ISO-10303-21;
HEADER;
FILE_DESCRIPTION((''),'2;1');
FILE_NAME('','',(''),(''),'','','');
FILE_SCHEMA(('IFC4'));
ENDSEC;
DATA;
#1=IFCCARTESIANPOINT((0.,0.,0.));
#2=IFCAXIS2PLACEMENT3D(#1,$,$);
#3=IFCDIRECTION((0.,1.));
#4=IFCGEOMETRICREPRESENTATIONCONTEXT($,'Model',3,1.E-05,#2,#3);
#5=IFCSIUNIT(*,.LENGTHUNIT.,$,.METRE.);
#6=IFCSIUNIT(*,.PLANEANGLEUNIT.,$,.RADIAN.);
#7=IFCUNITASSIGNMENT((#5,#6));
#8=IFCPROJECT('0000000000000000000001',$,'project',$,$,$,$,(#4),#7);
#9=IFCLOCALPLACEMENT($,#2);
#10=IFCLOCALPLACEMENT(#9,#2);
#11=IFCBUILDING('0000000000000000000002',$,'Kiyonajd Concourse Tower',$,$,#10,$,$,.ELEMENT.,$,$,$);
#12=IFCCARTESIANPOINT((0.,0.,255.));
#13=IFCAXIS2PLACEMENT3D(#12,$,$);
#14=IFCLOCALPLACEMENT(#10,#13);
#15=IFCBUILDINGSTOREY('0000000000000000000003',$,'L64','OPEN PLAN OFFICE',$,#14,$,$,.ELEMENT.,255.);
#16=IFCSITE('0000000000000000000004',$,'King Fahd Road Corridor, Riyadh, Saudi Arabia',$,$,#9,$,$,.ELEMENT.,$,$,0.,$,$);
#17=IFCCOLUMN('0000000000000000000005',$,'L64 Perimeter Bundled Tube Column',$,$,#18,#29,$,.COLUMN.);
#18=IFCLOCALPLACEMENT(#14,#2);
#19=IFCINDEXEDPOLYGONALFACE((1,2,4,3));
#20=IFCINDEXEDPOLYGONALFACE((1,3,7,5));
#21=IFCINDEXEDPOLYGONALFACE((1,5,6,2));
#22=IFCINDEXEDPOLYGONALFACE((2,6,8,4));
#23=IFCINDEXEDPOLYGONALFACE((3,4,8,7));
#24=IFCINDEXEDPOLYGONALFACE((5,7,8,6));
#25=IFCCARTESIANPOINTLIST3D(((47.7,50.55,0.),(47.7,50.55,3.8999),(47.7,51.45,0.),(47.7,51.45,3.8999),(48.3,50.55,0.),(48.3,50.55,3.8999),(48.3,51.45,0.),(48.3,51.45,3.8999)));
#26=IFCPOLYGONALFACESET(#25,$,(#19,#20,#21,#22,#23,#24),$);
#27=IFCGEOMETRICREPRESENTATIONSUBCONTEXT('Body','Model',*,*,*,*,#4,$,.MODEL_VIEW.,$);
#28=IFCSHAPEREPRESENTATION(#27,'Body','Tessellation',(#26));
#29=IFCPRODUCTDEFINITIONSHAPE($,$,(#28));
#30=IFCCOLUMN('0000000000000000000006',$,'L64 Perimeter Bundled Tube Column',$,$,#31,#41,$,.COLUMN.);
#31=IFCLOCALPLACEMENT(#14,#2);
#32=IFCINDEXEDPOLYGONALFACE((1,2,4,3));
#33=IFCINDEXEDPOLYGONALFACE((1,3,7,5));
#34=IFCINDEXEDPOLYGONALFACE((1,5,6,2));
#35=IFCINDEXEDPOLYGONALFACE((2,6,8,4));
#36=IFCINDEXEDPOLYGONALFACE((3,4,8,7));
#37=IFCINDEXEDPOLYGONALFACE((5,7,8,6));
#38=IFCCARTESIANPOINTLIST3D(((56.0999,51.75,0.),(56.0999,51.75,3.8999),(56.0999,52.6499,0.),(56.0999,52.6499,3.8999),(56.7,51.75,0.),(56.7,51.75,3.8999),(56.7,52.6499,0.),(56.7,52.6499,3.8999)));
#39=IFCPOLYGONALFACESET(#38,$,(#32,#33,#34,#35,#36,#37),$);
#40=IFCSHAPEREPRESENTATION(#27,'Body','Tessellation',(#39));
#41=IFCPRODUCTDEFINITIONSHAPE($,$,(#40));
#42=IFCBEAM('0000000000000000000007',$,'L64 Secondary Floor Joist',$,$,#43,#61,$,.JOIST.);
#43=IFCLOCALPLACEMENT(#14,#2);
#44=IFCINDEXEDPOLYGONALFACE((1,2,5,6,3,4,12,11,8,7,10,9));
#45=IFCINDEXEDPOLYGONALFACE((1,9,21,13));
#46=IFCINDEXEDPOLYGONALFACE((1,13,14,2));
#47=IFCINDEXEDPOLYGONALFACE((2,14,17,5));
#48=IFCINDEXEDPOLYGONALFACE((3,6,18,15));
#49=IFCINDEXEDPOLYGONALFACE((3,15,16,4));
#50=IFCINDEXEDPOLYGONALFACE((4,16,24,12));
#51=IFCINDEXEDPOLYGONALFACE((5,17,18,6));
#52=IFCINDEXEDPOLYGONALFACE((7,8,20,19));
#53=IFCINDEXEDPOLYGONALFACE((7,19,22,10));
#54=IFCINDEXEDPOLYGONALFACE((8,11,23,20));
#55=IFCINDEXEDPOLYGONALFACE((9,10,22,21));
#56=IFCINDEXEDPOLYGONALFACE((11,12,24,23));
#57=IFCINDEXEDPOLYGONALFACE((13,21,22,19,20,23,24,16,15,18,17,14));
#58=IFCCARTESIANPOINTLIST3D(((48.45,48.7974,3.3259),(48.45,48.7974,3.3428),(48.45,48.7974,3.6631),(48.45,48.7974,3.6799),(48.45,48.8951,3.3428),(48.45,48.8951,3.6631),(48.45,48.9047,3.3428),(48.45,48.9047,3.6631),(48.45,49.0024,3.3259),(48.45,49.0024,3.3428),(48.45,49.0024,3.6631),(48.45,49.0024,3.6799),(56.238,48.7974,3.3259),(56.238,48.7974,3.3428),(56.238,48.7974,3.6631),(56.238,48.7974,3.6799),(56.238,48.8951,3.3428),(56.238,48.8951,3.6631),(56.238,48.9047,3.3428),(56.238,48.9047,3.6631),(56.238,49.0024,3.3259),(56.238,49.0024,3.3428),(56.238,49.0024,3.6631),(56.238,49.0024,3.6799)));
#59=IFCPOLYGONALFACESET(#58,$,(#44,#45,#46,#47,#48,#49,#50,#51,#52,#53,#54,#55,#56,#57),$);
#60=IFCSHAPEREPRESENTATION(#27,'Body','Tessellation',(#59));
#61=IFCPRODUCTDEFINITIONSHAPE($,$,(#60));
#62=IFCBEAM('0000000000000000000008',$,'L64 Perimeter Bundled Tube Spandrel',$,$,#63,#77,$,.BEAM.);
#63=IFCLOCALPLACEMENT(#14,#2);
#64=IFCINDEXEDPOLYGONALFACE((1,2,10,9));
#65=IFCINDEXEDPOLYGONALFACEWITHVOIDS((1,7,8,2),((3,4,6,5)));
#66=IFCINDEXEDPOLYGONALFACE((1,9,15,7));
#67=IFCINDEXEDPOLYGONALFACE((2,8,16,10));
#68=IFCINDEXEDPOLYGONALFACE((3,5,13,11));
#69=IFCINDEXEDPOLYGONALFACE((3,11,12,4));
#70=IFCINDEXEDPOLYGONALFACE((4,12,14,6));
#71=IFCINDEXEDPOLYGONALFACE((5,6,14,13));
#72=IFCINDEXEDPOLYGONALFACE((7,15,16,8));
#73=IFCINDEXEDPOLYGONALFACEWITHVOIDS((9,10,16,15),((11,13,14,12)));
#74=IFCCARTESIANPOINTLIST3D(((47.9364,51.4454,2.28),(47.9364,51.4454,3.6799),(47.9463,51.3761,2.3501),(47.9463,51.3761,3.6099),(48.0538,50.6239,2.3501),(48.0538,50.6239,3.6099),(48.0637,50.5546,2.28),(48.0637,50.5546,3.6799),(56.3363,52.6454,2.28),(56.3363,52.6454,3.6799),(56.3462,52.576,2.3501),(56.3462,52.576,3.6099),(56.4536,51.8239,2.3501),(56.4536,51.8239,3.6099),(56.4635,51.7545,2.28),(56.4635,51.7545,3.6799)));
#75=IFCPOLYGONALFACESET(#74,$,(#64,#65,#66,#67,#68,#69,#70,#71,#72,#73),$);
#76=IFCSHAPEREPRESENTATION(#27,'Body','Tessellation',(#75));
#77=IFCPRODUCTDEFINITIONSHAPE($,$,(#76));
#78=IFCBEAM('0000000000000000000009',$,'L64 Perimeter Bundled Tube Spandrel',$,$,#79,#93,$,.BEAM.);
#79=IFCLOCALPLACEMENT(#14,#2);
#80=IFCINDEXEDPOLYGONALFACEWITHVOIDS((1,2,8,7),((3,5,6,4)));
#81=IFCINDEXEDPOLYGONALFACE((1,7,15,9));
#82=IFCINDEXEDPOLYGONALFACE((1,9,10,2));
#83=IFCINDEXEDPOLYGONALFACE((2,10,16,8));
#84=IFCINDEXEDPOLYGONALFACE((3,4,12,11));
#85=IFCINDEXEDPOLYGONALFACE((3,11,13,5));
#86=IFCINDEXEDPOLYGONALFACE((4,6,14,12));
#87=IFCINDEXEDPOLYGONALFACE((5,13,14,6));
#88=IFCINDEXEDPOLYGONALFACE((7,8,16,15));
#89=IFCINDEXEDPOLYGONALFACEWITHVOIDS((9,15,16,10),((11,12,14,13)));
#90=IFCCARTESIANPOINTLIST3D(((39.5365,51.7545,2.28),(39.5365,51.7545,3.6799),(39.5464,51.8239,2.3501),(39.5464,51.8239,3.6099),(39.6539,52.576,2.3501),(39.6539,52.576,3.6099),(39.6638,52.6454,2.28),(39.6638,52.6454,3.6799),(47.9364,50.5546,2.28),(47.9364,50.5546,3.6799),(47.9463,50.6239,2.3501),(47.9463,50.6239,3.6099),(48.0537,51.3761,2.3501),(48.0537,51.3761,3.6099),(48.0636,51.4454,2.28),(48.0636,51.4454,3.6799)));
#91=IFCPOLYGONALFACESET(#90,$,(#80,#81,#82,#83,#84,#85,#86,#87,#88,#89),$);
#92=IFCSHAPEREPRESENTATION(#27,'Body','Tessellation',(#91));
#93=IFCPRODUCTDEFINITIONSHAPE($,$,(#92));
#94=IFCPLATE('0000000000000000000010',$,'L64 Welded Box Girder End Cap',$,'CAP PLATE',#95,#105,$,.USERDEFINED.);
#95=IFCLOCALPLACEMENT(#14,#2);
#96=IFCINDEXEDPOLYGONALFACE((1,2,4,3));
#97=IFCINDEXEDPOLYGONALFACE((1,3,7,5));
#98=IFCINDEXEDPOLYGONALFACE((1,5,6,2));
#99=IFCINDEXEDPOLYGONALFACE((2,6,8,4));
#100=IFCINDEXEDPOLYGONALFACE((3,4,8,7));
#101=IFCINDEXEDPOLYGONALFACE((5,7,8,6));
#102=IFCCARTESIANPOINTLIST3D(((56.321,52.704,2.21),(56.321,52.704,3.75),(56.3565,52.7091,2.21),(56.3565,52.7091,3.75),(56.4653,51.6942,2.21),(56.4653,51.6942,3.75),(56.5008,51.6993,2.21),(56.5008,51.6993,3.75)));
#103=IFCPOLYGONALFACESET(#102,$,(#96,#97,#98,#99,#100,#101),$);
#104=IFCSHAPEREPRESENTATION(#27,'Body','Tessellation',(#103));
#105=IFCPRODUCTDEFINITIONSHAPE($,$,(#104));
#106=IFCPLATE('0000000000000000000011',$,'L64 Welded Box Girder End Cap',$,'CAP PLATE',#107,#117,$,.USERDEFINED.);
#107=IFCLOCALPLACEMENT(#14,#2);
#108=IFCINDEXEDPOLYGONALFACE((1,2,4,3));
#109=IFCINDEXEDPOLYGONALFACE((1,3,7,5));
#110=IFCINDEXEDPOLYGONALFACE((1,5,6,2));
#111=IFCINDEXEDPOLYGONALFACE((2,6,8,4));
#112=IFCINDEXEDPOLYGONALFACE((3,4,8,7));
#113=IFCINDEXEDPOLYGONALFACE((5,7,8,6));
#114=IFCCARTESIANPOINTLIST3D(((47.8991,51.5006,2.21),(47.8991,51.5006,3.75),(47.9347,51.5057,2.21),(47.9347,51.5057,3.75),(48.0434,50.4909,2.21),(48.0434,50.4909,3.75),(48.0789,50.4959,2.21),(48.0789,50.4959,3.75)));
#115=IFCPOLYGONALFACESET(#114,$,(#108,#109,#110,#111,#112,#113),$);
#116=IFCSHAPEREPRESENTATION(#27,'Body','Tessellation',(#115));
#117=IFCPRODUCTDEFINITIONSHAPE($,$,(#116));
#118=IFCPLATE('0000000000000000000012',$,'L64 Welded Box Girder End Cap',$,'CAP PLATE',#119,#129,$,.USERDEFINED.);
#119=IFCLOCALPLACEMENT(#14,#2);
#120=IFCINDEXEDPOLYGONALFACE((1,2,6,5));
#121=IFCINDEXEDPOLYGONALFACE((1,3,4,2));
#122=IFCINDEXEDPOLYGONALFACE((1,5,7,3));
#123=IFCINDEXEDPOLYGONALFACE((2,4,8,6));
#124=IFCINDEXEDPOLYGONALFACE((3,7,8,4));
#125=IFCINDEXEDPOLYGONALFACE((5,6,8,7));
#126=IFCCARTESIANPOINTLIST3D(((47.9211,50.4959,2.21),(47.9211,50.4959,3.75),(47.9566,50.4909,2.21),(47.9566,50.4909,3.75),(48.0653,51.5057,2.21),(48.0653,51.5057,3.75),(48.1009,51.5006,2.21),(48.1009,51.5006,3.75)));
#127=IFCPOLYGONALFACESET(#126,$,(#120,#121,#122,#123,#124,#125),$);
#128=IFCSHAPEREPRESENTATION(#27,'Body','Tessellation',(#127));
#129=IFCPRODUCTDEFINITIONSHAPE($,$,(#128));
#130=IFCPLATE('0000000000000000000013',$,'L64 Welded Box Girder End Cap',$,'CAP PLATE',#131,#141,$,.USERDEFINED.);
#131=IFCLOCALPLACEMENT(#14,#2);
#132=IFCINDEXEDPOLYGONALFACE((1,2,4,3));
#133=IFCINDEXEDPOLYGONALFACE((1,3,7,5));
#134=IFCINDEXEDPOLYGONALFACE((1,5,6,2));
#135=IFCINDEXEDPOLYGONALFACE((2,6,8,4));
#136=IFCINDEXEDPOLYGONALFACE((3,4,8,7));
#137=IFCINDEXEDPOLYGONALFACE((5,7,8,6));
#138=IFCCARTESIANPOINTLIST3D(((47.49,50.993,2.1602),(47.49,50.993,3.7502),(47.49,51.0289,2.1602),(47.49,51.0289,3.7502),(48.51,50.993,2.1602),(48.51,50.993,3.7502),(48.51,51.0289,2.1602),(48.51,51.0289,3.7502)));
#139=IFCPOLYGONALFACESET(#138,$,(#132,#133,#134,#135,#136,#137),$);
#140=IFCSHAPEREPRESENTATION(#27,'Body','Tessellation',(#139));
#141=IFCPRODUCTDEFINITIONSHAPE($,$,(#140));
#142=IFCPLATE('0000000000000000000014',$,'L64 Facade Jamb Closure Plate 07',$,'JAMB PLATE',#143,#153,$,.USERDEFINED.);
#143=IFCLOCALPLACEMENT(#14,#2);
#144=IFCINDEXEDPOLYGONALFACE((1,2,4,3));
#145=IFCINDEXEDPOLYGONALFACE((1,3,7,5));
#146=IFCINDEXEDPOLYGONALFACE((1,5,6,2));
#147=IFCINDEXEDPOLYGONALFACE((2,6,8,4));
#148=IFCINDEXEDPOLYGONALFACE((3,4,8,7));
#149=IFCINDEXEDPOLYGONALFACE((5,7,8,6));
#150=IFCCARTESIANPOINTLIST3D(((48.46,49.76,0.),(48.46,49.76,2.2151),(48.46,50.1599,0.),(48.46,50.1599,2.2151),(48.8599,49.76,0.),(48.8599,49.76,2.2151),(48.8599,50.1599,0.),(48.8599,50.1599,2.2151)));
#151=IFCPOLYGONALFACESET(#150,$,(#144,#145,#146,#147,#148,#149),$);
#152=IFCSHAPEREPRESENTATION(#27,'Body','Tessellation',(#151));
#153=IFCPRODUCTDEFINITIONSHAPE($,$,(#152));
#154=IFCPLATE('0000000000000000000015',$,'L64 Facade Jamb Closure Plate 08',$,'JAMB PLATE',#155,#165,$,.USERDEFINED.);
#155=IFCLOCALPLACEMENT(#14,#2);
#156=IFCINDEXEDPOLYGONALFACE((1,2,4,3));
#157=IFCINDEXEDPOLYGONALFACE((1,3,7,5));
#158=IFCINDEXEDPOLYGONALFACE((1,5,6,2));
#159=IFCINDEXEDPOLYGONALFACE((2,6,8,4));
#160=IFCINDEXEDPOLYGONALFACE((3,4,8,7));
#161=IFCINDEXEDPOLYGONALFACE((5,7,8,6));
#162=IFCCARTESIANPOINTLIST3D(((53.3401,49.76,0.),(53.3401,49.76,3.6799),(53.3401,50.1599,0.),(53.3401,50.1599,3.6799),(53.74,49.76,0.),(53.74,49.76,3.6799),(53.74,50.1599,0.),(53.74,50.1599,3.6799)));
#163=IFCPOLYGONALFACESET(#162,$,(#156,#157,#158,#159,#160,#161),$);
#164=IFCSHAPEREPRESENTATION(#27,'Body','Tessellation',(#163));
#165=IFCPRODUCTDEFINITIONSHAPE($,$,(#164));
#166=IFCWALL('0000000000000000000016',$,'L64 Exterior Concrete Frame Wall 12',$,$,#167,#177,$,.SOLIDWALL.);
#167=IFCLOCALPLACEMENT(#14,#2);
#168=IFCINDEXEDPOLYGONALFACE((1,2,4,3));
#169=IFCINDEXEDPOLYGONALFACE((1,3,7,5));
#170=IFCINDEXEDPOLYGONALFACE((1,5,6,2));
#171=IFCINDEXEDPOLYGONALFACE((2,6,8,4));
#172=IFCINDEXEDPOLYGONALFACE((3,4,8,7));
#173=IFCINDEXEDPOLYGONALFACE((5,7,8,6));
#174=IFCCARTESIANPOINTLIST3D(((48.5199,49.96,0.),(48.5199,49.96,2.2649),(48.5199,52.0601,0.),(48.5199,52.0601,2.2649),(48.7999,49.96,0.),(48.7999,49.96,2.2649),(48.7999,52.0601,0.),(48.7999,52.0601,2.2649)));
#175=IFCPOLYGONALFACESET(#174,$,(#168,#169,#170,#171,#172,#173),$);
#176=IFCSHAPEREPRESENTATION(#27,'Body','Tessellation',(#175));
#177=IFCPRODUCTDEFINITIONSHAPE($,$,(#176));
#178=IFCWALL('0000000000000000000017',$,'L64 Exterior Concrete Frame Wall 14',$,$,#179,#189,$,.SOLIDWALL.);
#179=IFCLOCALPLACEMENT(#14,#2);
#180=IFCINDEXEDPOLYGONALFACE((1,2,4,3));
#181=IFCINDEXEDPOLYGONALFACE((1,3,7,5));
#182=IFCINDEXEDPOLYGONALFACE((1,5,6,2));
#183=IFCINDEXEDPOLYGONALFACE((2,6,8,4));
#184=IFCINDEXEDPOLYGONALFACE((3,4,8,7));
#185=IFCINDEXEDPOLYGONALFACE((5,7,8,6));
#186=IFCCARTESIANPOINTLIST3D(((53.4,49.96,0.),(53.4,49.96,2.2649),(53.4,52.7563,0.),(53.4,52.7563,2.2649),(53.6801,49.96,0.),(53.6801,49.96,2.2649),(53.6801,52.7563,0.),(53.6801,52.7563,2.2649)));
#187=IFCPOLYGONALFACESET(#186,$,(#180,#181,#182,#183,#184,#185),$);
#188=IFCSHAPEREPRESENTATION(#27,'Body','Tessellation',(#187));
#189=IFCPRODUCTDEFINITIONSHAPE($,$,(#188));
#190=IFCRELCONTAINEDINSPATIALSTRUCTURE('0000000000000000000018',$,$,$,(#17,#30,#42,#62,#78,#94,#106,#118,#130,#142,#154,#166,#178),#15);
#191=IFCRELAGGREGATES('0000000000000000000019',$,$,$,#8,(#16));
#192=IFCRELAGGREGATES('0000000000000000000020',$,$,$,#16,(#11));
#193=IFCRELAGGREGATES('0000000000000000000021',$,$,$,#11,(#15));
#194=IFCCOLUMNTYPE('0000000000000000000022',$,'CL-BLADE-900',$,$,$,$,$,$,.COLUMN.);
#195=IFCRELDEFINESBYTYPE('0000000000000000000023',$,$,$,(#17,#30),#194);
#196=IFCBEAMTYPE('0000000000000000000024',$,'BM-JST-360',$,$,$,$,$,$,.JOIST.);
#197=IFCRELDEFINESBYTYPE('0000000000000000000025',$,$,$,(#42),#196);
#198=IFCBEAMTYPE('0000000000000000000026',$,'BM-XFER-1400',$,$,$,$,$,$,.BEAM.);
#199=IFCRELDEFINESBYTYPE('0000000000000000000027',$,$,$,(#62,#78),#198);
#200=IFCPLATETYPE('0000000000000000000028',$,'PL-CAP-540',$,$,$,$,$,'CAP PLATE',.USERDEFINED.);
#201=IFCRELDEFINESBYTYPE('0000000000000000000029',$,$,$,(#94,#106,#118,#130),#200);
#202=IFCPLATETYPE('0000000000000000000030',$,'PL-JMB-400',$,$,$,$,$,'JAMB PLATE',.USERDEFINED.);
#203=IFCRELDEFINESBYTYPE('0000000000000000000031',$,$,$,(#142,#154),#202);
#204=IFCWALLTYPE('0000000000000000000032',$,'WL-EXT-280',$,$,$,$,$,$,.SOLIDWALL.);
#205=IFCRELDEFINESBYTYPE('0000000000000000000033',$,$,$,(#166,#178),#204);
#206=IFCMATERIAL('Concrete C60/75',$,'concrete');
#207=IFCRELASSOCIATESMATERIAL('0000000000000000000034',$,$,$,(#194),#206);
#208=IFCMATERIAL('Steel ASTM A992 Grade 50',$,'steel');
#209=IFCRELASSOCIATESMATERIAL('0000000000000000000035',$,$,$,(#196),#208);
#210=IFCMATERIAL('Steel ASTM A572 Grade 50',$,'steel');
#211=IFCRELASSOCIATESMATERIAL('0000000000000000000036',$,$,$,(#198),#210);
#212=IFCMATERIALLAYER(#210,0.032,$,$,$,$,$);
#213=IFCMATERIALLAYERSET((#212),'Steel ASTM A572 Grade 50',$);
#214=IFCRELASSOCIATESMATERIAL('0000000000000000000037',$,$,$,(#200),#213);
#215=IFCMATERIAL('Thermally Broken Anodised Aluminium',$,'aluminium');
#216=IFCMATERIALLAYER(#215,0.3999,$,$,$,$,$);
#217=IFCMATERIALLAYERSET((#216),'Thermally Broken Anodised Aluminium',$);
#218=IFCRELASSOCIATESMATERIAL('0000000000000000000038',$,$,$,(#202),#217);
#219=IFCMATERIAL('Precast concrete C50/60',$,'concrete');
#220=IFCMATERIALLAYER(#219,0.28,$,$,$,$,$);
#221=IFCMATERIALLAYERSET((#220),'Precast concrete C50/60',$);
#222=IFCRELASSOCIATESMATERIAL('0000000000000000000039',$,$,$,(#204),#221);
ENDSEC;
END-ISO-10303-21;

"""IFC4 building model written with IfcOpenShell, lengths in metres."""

from ifc_helpers import new_model, si_unit, direction, frame, frame_2d, origin, origin_2d, place, context, subcontext, project, spatial, rectangle, hollow_rectangle, i_section, extrude, material, layer, layer_set, material_profile, profile_set, type_object, element, save


model = new_model("IFC4")

# Units and contexts
model_context = context("Model", 3, precision=1e-05, world=origin(), true_north=direction((0.0, 1.0)))
body_context = subcontext(model_context, "Body", "Model", "MODEL_VIEW")
ifc_project = project(units=[si_unit("LENGTHUNIT", "METRE"), si_unit("PLANEANGLEUNIT", "RADIAN")], contexts=[model_context])

# Site, building, storey
site_placement = place(None, origin())
site = spatial("IfcSite", under=ifc_project, at=site_placement, Name="King Fahd Road Corridor, Riyadh, Saudi Arabia", CompositionType="ELEMENT", RefElevation=0.0)
building_placement = place(site_placement, origin())
building = spatial("IfcBuilding", under=site, at=building_placement, Name="Kiyonajd Concourse Tower", CompositionType="ELEMENT")
storey_placement = place(building_placement, frame((0.0, 0.0, 255.0)))
storey = spatial("IfcBuildingStorey", under=building, at=storey_placement, Name="L64", Description="OPEN PLAN OFFICE", CompositionType="ELEMENT", Elevation=255.0)

# Columns
ifc_material_1 = material(Name="Concrete C60/75", Category="concrete")
ifc_material_profile_1 = material_profile(ifc_material_1, rectangle(XDim=0.6001, YDim=0.8999, at=origin_2d()), Name="RC-900x600")
ifc_profile_set_1 = profile_set([ifc_material_profile_1], Name="Concrete C60/75")
column_type = type_object("IfcColumnType", Name="CL-BLADE-900", PredefinedType="COLUMN", material=ifc_profile_set_1)
for number, where, z_axis, x_axis, name in (
    (1, (48.0, 51.0, 0.0), (0.0, 0.0, 1.0), (1.0, 0.0, 0.0), "L64 Perimeter Bundled Tube Column"),
    (2, (56.3999, 52.2, 0.0), (0.0, 0.0, 1.0), (1.0, 0.0, 0.0), "L64 Perimeter Bundled Tube Column"),
):
    element("IfcColumn", number, at=place(storey_placement, frame(where, z_axis=z_axis, x_axis=x_axis)), inside=storey, type_object=column_type, Name=name, PredefinedType="COLUMN", context=body_context, shape_type="SweptSolid", body=[
        extrude(rectangle(XDim=0.6001, YDim=0.8999, at=origin_2d()), origin(), (0.0, 0.0, 1.0), 3.8999),
    ])

# Beams
ifc_material_2 = material(Name="Steel ASTM A992 Grade 50", Category="steel")
ifc_material_profile_2 = material_profile(ifc_material_2, i_section(OverallWidth=0.2051, OverallDepth=0.354, WebThickness=0.0095, FlangeThickness=0.0168, at=origin_2d()), Name="W360X79")
ifc_profile_set_2 = profile_set([ifc_material_profile_2], Name="Steel ASTM A992 Grade 50")
beam_type_1 = type_object("IfcBeamType", Name="BM-JST-360", PredefinedType="JOIST", material=ifc_profile_set_2)
beam_placement = place(storey_placement, frame((48.45, 48.8999, 3.5029), z_axis=(1.0, 0.0, 0.0), x_axis=(0.0, 1.0, 0.0)))
element("IfcBeam", 3, at=beam_placement, inside=storey, type_object=beam_type_1, Name="L64 Secondary Floor Joist", PredefinedType="JOIST", context=body_context, shape_type="SweptSolid", body=[
    extrude(i_section(OverallWidth=0.2051, OverallDepth=0.354, WebThickness=0.0095, FlangeThickness=0.0168, at=origin_2d()), origin(), (0.0, 0.0, 1.0), 7.7881),
])
ifc_material_3 = material(Name="Steel ASTM A572 Grade 50", Category="steel")
ifc_material_profile_3 = material_profile(ifc_material_3, hollow_rectangle(XDim=0.8999, YDim=1.3999, WallThickness=0.0701, at=origin_2d()), Name="BOX-1400x900x70")
ifc_profile_set_3 = profile_set([ifc_material_profile_3], Name="Steel ASTM A572 Grade 50")
beam_type_2 = type_object("IfcBeamType", Name="BM-XFER-1400", PredefinedType="BEAM", material=ifc_profile_set_3)
for number, where, z_axis, x_axis, name in (
    (4, (56.3999, 52.2, 2.98), (-0.98995, -0.141417, 0.0), (0.141417, -0.98995, 0.0), "L64 Perimeter Bundled Tube Spandrel"),
    (5, (48.0, 51.0, 2.98), (-0.98995, 0.141417, 0.0), (-0.141417, -0.98995, 0.0), "L64 Perimeter Bundled Tube Spandrel"),
):
    element("IfcBeam", number, at=place(storey_placement, frame(where, z_axis=z_axis, x_axis=x_axis)), inside=storey, type_object=beam_type_2, Name=name, PredefinedType="BEAM", context=body_context, shape_type="SweptSolid", body=[
        extrude(hollow_rectangle(XDim=0.8999, YDim=1.3999, WallThickness=0.0701, at=origin_2d()), origin(), (0.0, 0.0, 1.0), 8.4851),
    ])

# Plates
ifc_layer_1 = layer(ifc_material_3, 0.032)
ifc_layer_set_1 = layer_set([ifc_layer_1], Name="Steel ASTM A572 Grade 50")
plate_type_1 = type_object("IfcPlateType", Name="PL-CAP-540", ElementType="CAP PLATE", PredefinedType="USERDEFINED", material=ifc_layer_set_1)
for number, where, z_axis, x_axis, name in (
    (6, (56.4109, 52.2017, 2.21), (0.0, 0.0, 1.0), (0.98995, 0.14142, 0.0), "L64 Welded Box Girder End Cap"),
    (7, (47.989, 50.9983, 2.21), (0.0, 0.0, 1.0), (-0.98995, -0.14142, 0.0), "L64 Welded Box Girder End Cap"),
    (8, (48.011, 50.9983, 2.21), (0.0, 0.0, 1.0), (0.98995, -0.14142, 0.0), "L64 Welded Box Girder End Cap"),
):
    element("IfcPlate", number, at=place(storey_placement, frame(where, z_axis=z_axis, x_axis=x_axis)), inside=storey, type_object=plate_type_1, Name=name, ObjectType="CAP PLATE", PredefinedType="USERDEFINED", context=body_context, shape_type="SweptSolid", body=[
        extrude(rectangle(XDim=0.0359, YDim=1.02, at=origin_2d()), origin(), (0.0, 0.0, 1.0), 1.54),
    ])
plate_1_placement = place(storey_placement, frame((48.0, 51.011, 2.1602), z_axis=(0.0, 0.0, 1.0), x_axis=(0.0, 1.0, 0.0)))
element("IfcPlate", 9, at=plate_1_placement, inside=storey, type_object=plate_type_1, Name="L64 Welded Box Girder End Cap", ObjectType="CAP PLATE", PredefinedType="USERDEFINED", context=body_context, shape_type="SweptSolid", body=[
    extrude(rectangle(XDim=0.0359, YDim=1.02, at=origin_2d()), origin(), (0.0, 0.0, 1.0), 1.5901),
])
ifc_material_4 = material(Name="Thermally Broken Anodised Aluminium", Category="aluminium")
ifc_layer_2 = layer(ifc_material_4, 0.3999)
ifc_layer_set_2 = layer_set([ifc_layer_2], Name="Thermally Broken Anodised Aluminium")
plate_type_2 = type_object("IfcPlateType", Name="PL-JMB-400", ElementType="JAMB PLATE", PredefinedType="USERDEFINED", material=ifc_layer_set_2)
plate_2_placement = place(storey_placement, frame((48.6599, 49.96, 0.0), z_axis=(0.0, 0.0, 1.0), x_axis=(1.0, 0.0, 0.0)))
element("IfcPlate", 10, at=plate_2_placement, inside=storey, type_object=plate_type_2, Name="L64 Facade Jamb Closure Plate 07", ObjectType="JAMB PLATE", PredefinedType="USERDEFINED", context=body_context, shape_type="SweptSolid", body=[
    extrude(rectangle(XDim=0.3999, YDim=0.3999, at=origin_2d()), origin(), (0.0, 0.0, 1.0), 2.2151),
])
plate_3_placement = place(storey_placement, frame((53.54, 49.96, 0.0), z_axis=(0.0, 0.0, 1.0), x_axis=(1.0, 0.0, 0.0)))
element("IfcPlate", 11, at=plate_3_placement, inside=storey, type_object=plate_type_2, Name="L64 Facade Jamb Closure Plate 08", ObjectType="JAMB PLATE", PredefinedType="USERDEFINED", context=body_context, shape_type="SweptSolid", body=[
    extrude(rectangle(XDim=0.3999, YDim=0.3999, at=origin_2d()), origin(), (0.0, 0.0, 1.0), 3.6799),
])

# Walls
ifc_material_5 = material(Name="Precast concrete C50/60", Category="concrete")
ifc_layer_3 = layer(ifc_material_5, 0.28)
ifc_layer_set_3 = layer_set([ifc_layer_3], Name="Precast concrete C50/60")
wall_type_1 = type_object("IfcWallType", Name="WL-EXT-280", PredefinedType="SOLIDWALL", material=ifc_layer_set_3)
wall_1_placement = place(storey_placement, frame((48.6599, 52.0601, 0.0), z_axis=(0.0, 0.0, 1.0), x_axis=(0.0, -1.0, 0.0)))
element("IfcWall", 12, at=wall_1_placement, inside=storey, type_object=wall_type_1, Name="L64 Exterior Concrete Frame Wall 12", PredefinedType="SOLIDWALL", context=body_context, shape_type="SweptSolid", body=[
    extrude(rectangle(XDim=2.1001, YDim=0.28, at=frame_2d((1.05, 0.0))), origin(), (0.0, 0.0, 1.0), 2.2649),
])
wall_2_placement = place(storey_placement, frame((53.54, 49.96, 0.0), z_axis=(0.0, 0.0, 1.0), x_axis=(0.0, 1.0, 0.0)))
element("IfcWall", 13, at=wall_2_placement, inside=storey, type_object=wall_type_1, Name="L64 Exterior Concrete Frame Wall 14", PredefinedType="SOLIDWALL", context=body_context, shape_type="SweptSolid", body=[
    extrude(rectangle(XDim=2.7964, YDim=0.28, at=frame_2d((1.3982, 0.0))), origin(), (0.0, 0.0, 1.0), 2.2649),
])

save(model, "model.ifc")
